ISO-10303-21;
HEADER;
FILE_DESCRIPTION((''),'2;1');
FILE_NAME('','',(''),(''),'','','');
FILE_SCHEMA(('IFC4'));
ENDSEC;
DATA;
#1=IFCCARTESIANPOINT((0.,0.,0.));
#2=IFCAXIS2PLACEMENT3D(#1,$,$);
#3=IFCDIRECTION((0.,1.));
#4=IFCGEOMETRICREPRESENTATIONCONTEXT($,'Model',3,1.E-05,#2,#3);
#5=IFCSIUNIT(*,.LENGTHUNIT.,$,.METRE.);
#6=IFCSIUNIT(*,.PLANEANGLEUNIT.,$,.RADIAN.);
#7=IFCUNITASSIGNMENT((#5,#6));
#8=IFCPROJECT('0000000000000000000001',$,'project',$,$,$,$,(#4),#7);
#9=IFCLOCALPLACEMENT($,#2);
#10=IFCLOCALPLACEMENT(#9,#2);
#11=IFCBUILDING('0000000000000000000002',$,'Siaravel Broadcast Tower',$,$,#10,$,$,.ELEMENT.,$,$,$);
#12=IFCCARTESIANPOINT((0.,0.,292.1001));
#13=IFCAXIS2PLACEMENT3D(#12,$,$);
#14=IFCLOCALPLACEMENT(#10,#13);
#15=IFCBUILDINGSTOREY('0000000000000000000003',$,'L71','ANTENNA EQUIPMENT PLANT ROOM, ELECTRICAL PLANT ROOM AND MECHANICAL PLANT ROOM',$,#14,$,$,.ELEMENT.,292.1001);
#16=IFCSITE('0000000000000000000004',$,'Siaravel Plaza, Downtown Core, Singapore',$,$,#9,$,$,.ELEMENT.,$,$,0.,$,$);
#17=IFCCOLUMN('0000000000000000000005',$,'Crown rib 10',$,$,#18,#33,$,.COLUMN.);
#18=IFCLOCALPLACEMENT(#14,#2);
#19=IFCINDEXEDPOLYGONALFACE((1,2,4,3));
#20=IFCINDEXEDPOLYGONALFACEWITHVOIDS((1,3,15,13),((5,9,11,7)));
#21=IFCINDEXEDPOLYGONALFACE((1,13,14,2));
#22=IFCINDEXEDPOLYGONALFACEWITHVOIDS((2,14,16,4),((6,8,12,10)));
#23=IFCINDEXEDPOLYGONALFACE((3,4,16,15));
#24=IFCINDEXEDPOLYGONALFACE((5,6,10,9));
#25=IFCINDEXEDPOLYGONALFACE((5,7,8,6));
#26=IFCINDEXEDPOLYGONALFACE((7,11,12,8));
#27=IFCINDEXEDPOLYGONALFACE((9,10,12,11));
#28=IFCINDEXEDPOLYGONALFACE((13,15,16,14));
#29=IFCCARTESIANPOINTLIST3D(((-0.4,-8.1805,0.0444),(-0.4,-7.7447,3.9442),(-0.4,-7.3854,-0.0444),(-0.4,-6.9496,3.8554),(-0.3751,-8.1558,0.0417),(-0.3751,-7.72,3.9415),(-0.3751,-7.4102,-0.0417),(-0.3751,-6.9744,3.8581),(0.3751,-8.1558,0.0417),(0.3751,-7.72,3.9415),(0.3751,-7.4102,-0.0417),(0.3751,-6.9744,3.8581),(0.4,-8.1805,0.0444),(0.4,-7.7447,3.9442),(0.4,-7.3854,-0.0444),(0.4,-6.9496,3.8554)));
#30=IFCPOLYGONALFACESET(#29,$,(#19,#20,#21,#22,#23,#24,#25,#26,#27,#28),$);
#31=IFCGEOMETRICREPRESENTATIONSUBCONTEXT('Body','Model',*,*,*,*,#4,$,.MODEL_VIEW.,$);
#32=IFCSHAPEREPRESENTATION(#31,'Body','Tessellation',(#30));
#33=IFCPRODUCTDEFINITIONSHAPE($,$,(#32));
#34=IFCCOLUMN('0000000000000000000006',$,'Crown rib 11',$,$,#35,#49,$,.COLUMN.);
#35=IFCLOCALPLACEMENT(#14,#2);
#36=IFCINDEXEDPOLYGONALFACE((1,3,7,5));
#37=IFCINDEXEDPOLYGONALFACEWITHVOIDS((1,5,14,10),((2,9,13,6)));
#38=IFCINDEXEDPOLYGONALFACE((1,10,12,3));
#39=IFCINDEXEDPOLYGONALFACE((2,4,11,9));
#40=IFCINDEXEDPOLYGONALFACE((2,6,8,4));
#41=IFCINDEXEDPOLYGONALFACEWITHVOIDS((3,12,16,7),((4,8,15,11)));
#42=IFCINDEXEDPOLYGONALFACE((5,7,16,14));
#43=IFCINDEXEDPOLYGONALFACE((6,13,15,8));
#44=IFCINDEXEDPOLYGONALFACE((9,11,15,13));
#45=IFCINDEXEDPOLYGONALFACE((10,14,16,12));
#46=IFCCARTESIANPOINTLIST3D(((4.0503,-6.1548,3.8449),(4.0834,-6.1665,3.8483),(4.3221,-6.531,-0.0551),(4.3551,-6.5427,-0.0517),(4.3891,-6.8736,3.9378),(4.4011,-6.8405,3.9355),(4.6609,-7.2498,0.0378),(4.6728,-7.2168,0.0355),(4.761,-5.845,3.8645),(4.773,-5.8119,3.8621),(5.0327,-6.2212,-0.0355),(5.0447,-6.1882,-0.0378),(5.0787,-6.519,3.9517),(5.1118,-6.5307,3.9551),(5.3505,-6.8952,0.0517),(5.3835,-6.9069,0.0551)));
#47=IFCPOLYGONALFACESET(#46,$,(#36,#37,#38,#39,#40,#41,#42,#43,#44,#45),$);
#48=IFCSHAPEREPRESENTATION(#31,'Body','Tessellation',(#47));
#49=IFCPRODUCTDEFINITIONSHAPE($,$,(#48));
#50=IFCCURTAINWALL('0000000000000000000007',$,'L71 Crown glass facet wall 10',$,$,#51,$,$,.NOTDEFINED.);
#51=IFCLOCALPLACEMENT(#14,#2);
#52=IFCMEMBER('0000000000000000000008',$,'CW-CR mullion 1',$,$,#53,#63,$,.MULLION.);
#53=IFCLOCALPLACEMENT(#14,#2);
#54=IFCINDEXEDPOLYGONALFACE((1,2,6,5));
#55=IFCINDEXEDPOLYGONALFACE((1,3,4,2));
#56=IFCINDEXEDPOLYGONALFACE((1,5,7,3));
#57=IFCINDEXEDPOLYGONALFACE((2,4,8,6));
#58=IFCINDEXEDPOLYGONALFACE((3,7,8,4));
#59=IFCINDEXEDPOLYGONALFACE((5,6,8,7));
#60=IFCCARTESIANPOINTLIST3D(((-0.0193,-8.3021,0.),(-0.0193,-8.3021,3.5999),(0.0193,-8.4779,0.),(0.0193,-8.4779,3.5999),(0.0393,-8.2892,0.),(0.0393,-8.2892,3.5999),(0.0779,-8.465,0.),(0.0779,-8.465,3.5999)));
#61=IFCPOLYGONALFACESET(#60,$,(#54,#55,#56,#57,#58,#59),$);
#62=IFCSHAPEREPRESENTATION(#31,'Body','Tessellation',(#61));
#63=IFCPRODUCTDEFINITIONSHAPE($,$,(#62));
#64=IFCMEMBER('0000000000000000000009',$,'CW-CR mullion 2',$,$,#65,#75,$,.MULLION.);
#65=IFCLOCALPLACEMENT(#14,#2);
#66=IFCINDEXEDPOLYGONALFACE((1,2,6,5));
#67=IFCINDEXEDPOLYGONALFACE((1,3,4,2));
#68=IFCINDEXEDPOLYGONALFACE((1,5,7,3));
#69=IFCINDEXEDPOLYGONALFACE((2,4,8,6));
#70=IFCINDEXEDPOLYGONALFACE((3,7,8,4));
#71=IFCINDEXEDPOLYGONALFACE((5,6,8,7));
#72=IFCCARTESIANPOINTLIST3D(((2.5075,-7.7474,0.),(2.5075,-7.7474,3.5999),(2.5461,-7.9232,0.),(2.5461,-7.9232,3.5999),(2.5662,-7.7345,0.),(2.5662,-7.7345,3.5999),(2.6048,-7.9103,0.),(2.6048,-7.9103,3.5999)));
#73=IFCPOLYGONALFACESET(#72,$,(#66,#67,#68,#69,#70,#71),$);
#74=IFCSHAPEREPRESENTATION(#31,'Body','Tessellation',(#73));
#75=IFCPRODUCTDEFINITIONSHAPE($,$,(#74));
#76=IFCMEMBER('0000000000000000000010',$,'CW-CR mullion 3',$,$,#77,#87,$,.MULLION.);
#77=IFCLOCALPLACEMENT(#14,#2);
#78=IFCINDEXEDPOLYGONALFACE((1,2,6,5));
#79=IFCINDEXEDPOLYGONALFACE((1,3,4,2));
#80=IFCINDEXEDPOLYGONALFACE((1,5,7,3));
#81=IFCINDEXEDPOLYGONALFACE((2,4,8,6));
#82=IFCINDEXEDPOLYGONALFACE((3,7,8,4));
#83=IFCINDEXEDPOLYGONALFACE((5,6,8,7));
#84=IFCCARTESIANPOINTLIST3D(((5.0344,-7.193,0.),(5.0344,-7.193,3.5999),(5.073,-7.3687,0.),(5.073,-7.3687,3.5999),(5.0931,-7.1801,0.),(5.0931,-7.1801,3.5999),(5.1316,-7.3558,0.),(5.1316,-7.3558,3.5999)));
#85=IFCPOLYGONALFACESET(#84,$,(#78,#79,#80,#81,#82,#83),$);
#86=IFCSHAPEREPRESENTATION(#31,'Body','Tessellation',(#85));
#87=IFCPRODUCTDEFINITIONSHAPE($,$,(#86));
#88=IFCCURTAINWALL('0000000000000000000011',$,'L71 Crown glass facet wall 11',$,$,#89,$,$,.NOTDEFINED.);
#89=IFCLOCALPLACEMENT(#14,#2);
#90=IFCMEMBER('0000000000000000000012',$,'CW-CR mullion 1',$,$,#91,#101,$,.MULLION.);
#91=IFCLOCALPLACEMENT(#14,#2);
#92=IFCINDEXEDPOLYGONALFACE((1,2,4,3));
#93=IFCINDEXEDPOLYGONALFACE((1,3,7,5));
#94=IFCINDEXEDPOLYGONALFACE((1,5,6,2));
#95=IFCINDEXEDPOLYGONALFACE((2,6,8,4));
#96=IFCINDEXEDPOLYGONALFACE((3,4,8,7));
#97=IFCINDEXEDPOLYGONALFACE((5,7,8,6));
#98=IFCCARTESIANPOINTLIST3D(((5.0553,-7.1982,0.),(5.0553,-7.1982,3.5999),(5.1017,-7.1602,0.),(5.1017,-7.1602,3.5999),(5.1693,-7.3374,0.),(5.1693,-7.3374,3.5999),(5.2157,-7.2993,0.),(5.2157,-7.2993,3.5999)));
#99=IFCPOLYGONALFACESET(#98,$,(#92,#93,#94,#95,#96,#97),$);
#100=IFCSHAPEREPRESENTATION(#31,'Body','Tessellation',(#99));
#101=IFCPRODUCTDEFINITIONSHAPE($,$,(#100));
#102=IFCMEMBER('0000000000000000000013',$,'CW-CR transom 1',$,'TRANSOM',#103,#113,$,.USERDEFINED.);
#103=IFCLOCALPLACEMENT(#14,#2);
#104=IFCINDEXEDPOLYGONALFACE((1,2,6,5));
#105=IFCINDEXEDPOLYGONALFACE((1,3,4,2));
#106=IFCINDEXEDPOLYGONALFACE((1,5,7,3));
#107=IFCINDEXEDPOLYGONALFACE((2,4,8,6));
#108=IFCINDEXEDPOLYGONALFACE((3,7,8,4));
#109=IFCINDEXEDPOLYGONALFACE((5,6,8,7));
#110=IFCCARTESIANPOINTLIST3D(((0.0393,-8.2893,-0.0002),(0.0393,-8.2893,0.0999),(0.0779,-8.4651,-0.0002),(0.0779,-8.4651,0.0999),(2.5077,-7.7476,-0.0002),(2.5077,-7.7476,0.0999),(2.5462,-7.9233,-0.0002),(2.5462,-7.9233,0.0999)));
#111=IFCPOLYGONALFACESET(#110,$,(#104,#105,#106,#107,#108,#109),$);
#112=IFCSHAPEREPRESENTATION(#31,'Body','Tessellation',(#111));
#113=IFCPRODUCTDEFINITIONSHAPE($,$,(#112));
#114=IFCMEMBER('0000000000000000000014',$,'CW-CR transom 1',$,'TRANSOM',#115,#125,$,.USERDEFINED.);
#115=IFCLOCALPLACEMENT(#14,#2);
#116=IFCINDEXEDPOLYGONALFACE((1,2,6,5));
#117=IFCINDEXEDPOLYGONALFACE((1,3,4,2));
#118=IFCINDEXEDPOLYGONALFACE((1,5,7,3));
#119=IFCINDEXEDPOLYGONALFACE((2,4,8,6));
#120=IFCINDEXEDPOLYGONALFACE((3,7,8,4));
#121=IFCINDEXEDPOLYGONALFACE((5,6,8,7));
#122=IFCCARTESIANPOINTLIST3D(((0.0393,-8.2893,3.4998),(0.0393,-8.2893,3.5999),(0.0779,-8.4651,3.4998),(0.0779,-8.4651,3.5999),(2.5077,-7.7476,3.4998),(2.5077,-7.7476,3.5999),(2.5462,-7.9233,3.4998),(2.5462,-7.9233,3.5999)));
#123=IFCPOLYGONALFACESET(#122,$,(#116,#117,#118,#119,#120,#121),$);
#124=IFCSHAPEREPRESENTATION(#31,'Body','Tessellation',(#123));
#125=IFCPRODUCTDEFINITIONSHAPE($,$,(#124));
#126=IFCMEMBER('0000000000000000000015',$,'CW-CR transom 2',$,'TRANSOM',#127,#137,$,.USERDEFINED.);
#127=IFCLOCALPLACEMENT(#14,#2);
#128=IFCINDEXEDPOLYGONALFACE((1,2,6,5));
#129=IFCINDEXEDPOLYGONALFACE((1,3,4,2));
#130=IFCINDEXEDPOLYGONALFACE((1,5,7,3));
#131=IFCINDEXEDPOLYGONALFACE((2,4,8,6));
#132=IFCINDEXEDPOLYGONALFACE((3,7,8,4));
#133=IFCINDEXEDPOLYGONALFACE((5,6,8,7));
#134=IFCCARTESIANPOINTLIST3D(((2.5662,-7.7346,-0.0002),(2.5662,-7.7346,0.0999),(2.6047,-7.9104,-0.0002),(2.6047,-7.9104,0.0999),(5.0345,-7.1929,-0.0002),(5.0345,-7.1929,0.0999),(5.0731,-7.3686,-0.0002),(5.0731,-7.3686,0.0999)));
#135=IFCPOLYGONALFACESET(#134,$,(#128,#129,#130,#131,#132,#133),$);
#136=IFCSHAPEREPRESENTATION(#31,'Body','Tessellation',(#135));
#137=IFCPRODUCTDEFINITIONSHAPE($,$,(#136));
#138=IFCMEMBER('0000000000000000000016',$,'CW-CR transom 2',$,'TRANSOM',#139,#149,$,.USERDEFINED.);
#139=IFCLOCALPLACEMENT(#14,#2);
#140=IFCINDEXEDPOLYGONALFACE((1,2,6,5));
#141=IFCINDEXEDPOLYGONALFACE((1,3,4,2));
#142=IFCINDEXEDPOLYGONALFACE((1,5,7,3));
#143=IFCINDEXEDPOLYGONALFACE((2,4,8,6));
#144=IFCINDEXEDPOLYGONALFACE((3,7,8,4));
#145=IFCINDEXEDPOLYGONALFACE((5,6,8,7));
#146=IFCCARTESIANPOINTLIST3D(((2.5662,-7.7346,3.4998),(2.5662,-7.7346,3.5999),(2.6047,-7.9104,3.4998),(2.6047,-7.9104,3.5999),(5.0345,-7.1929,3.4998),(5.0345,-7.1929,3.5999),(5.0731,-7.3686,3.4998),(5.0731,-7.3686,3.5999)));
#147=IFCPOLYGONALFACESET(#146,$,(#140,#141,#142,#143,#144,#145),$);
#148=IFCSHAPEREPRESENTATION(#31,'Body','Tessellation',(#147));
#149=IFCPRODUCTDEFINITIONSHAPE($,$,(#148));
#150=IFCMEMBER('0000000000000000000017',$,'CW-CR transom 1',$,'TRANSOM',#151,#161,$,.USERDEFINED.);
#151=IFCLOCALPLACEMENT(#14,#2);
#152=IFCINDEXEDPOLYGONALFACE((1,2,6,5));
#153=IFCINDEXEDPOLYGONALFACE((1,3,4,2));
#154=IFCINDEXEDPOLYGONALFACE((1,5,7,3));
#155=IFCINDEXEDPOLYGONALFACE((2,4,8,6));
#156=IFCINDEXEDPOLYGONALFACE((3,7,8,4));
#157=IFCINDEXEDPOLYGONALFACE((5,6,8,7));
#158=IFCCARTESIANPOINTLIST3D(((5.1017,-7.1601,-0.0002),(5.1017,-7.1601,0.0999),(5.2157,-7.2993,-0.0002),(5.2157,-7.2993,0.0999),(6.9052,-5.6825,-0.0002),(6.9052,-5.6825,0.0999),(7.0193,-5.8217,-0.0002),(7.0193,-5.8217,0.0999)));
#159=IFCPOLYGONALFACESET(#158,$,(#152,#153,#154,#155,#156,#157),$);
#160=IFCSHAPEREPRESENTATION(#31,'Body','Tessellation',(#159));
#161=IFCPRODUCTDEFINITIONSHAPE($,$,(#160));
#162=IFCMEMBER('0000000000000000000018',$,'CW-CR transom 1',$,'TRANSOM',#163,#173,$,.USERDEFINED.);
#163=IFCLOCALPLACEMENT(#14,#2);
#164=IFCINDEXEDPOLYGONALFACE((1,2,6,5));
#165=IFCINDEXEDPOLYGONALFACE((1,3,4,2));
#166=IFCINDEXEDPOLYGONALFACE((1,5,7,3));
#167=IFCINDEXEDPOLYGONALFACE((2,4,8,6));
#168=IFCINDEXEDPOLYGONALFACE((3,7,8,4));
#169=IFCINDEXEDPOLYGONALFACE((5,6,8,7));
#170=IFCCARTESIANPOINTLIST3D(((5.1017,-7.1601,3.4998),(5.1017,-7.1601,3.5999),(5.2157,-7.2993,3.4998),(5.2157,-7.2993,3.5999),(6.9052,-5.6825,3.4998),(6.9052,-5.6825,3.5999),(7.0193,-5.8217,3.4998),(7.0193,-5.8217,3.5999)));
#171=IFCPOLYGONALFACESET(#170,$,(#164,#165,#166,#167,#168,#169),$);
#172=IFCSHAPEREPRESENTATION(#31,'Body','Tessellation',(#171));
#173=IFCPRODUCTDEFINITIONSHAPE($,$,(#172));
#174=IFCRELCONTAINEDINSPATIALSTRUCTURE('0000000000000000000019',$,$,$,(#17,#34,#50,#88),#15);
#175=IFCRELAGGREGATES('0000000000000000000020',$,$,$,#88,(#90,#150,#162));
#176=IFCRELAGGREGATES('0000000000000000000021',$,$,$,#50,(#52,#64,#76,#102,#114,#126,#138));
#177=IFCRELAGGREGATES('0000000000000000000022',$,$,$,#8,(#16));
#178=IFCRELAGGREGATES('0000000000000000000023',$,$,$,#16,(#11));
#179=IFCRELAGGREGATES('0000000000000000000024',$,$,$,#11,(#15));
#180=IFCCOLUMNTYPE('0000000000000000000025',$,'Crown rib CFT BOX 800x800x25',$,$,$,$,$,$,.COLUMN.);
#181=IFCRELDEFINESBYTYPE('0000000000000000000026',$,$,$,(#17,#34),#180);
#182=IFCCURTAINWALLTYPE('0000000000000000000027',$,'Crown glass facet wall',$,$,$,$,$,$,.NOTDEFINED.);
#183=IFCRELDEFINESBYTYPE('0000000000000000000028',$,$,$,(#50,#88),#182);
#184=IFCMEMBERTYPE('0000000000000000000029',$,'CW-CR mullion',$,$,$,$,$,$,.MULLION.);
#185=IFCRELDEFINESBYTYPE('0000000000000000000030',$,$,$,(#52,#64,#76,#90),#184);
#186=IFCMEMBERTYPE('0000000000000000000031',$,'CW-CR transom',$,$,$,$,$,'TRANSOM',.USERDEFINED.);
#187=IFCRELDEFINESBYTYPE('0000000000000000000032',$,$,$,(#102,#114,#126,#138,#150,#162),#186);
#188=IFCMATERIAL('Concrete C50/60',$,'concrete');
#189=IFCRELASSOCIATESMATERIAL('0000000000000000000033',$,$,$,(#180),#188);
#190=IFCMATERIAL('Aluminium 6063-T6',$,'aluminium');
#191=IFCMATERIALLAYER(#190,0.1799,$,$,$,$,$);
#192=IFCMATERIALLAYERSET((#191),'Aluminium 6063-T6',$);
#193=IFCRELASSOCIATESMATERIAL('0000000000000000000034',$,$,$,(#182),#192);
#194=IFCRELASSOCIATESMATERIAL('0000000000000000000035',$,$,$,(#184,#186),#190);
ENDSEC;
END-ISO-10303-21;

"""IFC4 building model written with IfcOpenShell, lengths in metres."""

from ifc_helpers import new_model, si_unit, direction, frame, origin, origin_2d, place, context, subcontext, project, spatial, rectangle, hollow_rectangle, extrude, material, layer, layer_set, material_profile, profile_set, type_object, element, aggregate, save


model = new_model("IFC4")

# Units and contexts
model_context = context("Model", 3, precision=1e-05, world=origin(), true_north=direction((0.0, 1.0)))
body_context = subcontext(model_context, "Body", "Model", "MODEL_VIEW")
ifc_project = project(units=[si_unit("LENGTHUNIT", "METRE"), si_unit("PLANEANGLEUNIT", "RADIAN")], contexts=[model_context])

# Site, building, storey
site_placement = place(None, origin())
site = spatial("IfcSite", under=ifc_project, at=site_placement, Name="Siaravel Plaza, Downtown Core, Singapore", CompositionType="ELEMENT", RefElevation=0.0)
building_placement = place(site_placement, origin())
building = spatial("IfcBuilding", under=site, at=building_placement, Name="Siaravel Broadcast Tower", CompositionType="ELEMENT")
storey_placement = place(building_placement, frame((0.0, 0.0, 292.1001)))
storey = spatial("IfcBuildingStorey", under=building, at=storey_placement, Name="L71", Description="ANTENNA EQUIPMENT PLANT ROOM, ELECTRICAL PLANT ROOM AND MECHANICAL PLANT ROOM", CompositionType="ELEMENT", Elevation=292.1001)

# Columns
ifc_material_1 = material(Name="Concrete C50/60", Category="concrete")
ifc_material_profile_1 = material_profile(ifc_material_1, hollow_rectangle(XDim=0.8, YDim=0.8, WallThickness=0.0249, at=origin_2d()))
ifc_profile_set_1 = profile_set([ifc_material_profile_1], Name="Concrete C50/60")
column_type = type_object("IfcColumnType", Name="Crown rib CFT BOX 800x800x25", PredefinedType="COLUMN", material=ifc_profile_set_1)
column_1_placement = place(storey_placement, frame((0.0, -7.783, 0.0), z_axis=(0.0, 0.111053, 0.993814), x_axis=(-1.0, 0.0, 0.0)))
element("IfcColumn", 1, at=column_1_placement, inside=storey, type_object=column_type, Name="Crown rib 10", PredefinedType="COLUMN", context=body_context, shape_type="SweptSolid", body=[
    extrude(hollow_rectangle(XDim=0.8, YDim=0.8, WallThickness=0.0249, at=origin_2d()), origin(), (0.0, 0.0, 1.0), 3.9241),
])
column_2_placement = place(storey_placement, frame((4.8528, -6.719, 0.0), z_axis=(-0.069188, 0.095793, 0.992994), x_axis=(-0.903251, -0.428569, -0.021591)))
element("IfcColumn", 2, at=column_2_placement, inside=storey, type_object=column_type, Name="Crown rib 11", PredefinedType="COLUMN", context=body_context, shape_type="SweptSolid", body=[
    extrude(hollow_rectangle(XDim=0.8, YDim=0.8, WallThickness=0.0249, at=origin_2d()), origin(), (0.0, 0.0, 1.0), 3.9275),
])

# Curtain wall, members
ifc_material_2 = material(Name="Aluminium 6063-T6", Category="aluminium")
ifc_layer_1 = layer(ifc_material_2, 0.1799)
ifc_layer_set_1 = layer_set([ifc_layer_1], Name="Aluminium 6063-T6")
curtain_wall_type = type_object("IfcCurtainWallType", Name="Crown glass facet wall", PredefinedType="NOTDEFINED", material=ifc_layer_set_1)
curtain_wall_1_placement = place(storey_placement, origin())
curtain_wall_1 = element("IfcCurtainWall", 3, at=curtain_wall_1_placement, inside=storey, type_object=curtain_wall_type, Name="L71 Crown glass facet wall 10", PredefinedType="NOTDEFINED")
ifc_material_profile_2 = material_profile(ifc_material_2, rectangle(XDim=0.1799, YDim=0.0601, at=origin_2d()))
ifc_profile_set_2 = profile_set([ifc_material_profile_2], Name="Aluminium 6063-T6")
member_type_1 = type_object("IfcMemberType", Name="CW-CR mullion", PredefinedType="MULLION", material=ifc_profile_set_2)
member_1_placement = place(storey_placement, frame((0.0293, -8.3835, 0.0), z_axis=(0.0, 0.0, 1.0), x_axis=(-0.214399, 0.976746, 0.0)))
member_1 = element("IfcMember", 4, at=member_1_placement, type_object=member_type_1, Name="CW-CR mullion 1", PredefinedType="MULLION", context=body_context, shape_type="SweptSolid", body=[
    extrude(rectangle(XDim=0.1799, YDim=0.0601, at=origin_2d()), origin(), (0.0, 0.0, 1.0), 3.5999),
])
member_2_placement = place(storey_placement, frame((2.5562, -7.8289, 0.0), z_axis=(0.0, 0.0, 1.0), x_axis=(-0.214399, 0.976746, 0.0)))
member_2 = element("IfcMember", 5, at=member_2_placement, type_object=member_type_1, Name="CW-CR mullion 2", PredefinedType="MULLION", context=body_context, shape_type="SweptSolid", body=[
    extrude(rectangle(XDim=0.1799, YDim=0.0601, at=origin_2d()), origin(), (0.0, 0.0, 1.0), 3.5999),
])
member_3_placement = place(storey_placement, frame((5.083, -7.2744, 0.0), z_axis=(0.0, 0.0, 1.0), x_axis=(-0.214399, 0.976746, 0.0)))
member_3 = element("IfcMember", 6, at=member_3_placement, type_object=member_type_1, Name="CW-CR mullion 3", PredefinedType="MULLION", context=body_context, shape_type="SweptSolid", body=[
    extrude(rectangle(XDim=0.1799, YDim=0.0601, at=origin_2d()), origin(), (0.0, 0.0, 1.0), 3.5999),
])

# Curtain wall, member
curtain_wall_2_placement = place(storey_placement, origin())
curtain_wall_2 = element("IfcCurtainWall", 7, at=curtain_wall_2_placement, inside=storey, type_object=curtain_wall_type, Name="L71 Crown glass facet wall 11", PredefinedType="NOTDEFINED")
member_4_placement = place(storey_placement, frame((5.1355, -7.2488, 0.0), z_axis=(0.0, 0.0, 1.0), x_axis=(-0.633724, 0.773559, 0.0)))
member_4 = element("IfcMember", 8, at=member_4_placement, type_object=member_type_1, Name="CW-CR mullion 1", PredefinedType="MULLION", context=body_context, shape_type="SweptSolid", body=[
    extrude(rectangle(XDim=0.1799, YDim=0.0601, at=origin_2d()), origin(), (0.0, 0.0, 1.0), 3.5999),
])

# Members
ifc_material_profile_3 = material_profile(ifc_material_2, rectangle(XDim=0.1799, YDim=0.1001, at=origin_2d()))
ifc_profile_set_3 = profile_set([ifc_material_profile_3], Name="Aluminium 6063-T6")
member_type_2 = type_object("IfcMemberType", Name="CW-CR transom", ElementType="TRANSOM", PredefinedType="USERDEFINED", material=ifc_profile_set_3)
member_5_placement = place(storey_placement, frame((0.0586, -8.3772, 0.0498), z_axis=(0.97675, 0.214383, 0.0), x_axis=(-0.214383, 0.97675, 0.0)))
member_5 = element("IfcMember", 9, at=member_5_placement, type_object=member_type_2, Name="CW-CR transom 1", ObjectType="TRANSOM", PredefinedType="USERDEFINED", context=body_context, shape_type="SweptSolid", body=[
    extrude(rectangle(XDim=0.1799, YDim=0.1001, at=origin_2d()), origin(), (0.0, 0.0, 1.0), 2.5271),
])
member_6_placement = place(storey_placement, frame((0.0586, -8.3772, 3.5498), z_axis=(0.97675, 0.214383, 0.0), x_axis=(-0.214383, 0.97675, 0.0)))
member_6 = element("IfcMember", 10, at=member_6_placement, type_object=member_type_2, Name="CW-CR transom 1", ObjectType="TRANSOM", PredefinedType="USERDEFINED", context=body_context, shape_type="SweptSolid", body=[
    extrude(rectangle(XDim=0.1799, YDim=0.1001, at=origin_2d()), origin(), (0.0, 0.0, 1.0), 2.5271),
])
member_7_placement = place(storey_placement, frame((2.5854, -7.8225, 0.0498), z_axis=(0.97675, 0.214383, 0.0), x_axis=(-0.214383, 0.97675, 0.0)))
member_7 = element("IfcMember", 11, at=member_7_placement, type_object=member_type_2, Name="CW-CR transom 2", ObjectType="TRANSOM", PredefinedType="USERDEFINED", context=body_context, shape_type="SweptSolid", body=[
    extrude(rectangle(XDim=0.1799, YDim=0.1001, at=origin_2d()), origin(), (0.0, 0.0, 1.0), 2.5271),
])
member_8_placement = place(storey_placement, frame((2.5854, -7.8225, 3.5498), z_axis=(0.97675, 0.214383, 0.0), x_axis=(-0.214383, 0.97675, 0.0)))
member_8 = element("IfcMember", 12, at=member_8_placement, type_object=member_type_2, Name="CW-CR transom 2", ObjectType="TRANSOM", PredefinedType="USERDEFINED", context=body_context, shape_type="SweptSolid", body=[
    extrude(rectangle(XDim=0.1799, YDim=0.1001, at=origin_2d()), origin(), (0.0, 0.0, 1.0), 2.5271),
])
member_9_placement = place(storey_placement, frame((5.1587, -7.2297, 0.0498), z_axis=(0.773542, 0.633745, 0.0), x_axis=(-0.633745, 0.773542, 0.0)))
member_9 = element("IfcMember", 13, at=member_9_placement, type_object=member_type_2, Name="CW-CR transom 1", ObjectType="TRANSOM", PredefinedType="USERDEFINED", context=body_context, shape_type="SweptSolid", body=[
    extrude(rectangle(XDim=0.1799, YDim=0.1001, at=origin_2d()), origin(), (0.0, 0.0, 1.0), 2.3315),
])
member_10_placement = place(storey_placement, frame((5.1587, -7.2297, 3.5498), z_axis=(0.773542, 0.633745, 0.0), x_axis=(-0.633745, 0.773542, 0.0)))
member_10 = element("IfcMember", 14, at=member_10_placement, type_object=member_type_2, Name="CW-CR transom 1", ObjectType="TRANSOM", PredefinedType="USERDEFINED", context=body_context, shape_type="SweptSolid", body=[
    extrude(rectangle(XDim=0.1799, YDim=0.1001, at=origin_2d()), origin(), (0.0, 0.0, 1.0), 2.3315),
])
aggregate(curtain_wall_2, [member_4, member_9, member_10])

aggregate(curtain_wall_1, [member_1, member_2, member_3, member_5, member_6, member_7, member_8])

save(model, "model.ifc")
